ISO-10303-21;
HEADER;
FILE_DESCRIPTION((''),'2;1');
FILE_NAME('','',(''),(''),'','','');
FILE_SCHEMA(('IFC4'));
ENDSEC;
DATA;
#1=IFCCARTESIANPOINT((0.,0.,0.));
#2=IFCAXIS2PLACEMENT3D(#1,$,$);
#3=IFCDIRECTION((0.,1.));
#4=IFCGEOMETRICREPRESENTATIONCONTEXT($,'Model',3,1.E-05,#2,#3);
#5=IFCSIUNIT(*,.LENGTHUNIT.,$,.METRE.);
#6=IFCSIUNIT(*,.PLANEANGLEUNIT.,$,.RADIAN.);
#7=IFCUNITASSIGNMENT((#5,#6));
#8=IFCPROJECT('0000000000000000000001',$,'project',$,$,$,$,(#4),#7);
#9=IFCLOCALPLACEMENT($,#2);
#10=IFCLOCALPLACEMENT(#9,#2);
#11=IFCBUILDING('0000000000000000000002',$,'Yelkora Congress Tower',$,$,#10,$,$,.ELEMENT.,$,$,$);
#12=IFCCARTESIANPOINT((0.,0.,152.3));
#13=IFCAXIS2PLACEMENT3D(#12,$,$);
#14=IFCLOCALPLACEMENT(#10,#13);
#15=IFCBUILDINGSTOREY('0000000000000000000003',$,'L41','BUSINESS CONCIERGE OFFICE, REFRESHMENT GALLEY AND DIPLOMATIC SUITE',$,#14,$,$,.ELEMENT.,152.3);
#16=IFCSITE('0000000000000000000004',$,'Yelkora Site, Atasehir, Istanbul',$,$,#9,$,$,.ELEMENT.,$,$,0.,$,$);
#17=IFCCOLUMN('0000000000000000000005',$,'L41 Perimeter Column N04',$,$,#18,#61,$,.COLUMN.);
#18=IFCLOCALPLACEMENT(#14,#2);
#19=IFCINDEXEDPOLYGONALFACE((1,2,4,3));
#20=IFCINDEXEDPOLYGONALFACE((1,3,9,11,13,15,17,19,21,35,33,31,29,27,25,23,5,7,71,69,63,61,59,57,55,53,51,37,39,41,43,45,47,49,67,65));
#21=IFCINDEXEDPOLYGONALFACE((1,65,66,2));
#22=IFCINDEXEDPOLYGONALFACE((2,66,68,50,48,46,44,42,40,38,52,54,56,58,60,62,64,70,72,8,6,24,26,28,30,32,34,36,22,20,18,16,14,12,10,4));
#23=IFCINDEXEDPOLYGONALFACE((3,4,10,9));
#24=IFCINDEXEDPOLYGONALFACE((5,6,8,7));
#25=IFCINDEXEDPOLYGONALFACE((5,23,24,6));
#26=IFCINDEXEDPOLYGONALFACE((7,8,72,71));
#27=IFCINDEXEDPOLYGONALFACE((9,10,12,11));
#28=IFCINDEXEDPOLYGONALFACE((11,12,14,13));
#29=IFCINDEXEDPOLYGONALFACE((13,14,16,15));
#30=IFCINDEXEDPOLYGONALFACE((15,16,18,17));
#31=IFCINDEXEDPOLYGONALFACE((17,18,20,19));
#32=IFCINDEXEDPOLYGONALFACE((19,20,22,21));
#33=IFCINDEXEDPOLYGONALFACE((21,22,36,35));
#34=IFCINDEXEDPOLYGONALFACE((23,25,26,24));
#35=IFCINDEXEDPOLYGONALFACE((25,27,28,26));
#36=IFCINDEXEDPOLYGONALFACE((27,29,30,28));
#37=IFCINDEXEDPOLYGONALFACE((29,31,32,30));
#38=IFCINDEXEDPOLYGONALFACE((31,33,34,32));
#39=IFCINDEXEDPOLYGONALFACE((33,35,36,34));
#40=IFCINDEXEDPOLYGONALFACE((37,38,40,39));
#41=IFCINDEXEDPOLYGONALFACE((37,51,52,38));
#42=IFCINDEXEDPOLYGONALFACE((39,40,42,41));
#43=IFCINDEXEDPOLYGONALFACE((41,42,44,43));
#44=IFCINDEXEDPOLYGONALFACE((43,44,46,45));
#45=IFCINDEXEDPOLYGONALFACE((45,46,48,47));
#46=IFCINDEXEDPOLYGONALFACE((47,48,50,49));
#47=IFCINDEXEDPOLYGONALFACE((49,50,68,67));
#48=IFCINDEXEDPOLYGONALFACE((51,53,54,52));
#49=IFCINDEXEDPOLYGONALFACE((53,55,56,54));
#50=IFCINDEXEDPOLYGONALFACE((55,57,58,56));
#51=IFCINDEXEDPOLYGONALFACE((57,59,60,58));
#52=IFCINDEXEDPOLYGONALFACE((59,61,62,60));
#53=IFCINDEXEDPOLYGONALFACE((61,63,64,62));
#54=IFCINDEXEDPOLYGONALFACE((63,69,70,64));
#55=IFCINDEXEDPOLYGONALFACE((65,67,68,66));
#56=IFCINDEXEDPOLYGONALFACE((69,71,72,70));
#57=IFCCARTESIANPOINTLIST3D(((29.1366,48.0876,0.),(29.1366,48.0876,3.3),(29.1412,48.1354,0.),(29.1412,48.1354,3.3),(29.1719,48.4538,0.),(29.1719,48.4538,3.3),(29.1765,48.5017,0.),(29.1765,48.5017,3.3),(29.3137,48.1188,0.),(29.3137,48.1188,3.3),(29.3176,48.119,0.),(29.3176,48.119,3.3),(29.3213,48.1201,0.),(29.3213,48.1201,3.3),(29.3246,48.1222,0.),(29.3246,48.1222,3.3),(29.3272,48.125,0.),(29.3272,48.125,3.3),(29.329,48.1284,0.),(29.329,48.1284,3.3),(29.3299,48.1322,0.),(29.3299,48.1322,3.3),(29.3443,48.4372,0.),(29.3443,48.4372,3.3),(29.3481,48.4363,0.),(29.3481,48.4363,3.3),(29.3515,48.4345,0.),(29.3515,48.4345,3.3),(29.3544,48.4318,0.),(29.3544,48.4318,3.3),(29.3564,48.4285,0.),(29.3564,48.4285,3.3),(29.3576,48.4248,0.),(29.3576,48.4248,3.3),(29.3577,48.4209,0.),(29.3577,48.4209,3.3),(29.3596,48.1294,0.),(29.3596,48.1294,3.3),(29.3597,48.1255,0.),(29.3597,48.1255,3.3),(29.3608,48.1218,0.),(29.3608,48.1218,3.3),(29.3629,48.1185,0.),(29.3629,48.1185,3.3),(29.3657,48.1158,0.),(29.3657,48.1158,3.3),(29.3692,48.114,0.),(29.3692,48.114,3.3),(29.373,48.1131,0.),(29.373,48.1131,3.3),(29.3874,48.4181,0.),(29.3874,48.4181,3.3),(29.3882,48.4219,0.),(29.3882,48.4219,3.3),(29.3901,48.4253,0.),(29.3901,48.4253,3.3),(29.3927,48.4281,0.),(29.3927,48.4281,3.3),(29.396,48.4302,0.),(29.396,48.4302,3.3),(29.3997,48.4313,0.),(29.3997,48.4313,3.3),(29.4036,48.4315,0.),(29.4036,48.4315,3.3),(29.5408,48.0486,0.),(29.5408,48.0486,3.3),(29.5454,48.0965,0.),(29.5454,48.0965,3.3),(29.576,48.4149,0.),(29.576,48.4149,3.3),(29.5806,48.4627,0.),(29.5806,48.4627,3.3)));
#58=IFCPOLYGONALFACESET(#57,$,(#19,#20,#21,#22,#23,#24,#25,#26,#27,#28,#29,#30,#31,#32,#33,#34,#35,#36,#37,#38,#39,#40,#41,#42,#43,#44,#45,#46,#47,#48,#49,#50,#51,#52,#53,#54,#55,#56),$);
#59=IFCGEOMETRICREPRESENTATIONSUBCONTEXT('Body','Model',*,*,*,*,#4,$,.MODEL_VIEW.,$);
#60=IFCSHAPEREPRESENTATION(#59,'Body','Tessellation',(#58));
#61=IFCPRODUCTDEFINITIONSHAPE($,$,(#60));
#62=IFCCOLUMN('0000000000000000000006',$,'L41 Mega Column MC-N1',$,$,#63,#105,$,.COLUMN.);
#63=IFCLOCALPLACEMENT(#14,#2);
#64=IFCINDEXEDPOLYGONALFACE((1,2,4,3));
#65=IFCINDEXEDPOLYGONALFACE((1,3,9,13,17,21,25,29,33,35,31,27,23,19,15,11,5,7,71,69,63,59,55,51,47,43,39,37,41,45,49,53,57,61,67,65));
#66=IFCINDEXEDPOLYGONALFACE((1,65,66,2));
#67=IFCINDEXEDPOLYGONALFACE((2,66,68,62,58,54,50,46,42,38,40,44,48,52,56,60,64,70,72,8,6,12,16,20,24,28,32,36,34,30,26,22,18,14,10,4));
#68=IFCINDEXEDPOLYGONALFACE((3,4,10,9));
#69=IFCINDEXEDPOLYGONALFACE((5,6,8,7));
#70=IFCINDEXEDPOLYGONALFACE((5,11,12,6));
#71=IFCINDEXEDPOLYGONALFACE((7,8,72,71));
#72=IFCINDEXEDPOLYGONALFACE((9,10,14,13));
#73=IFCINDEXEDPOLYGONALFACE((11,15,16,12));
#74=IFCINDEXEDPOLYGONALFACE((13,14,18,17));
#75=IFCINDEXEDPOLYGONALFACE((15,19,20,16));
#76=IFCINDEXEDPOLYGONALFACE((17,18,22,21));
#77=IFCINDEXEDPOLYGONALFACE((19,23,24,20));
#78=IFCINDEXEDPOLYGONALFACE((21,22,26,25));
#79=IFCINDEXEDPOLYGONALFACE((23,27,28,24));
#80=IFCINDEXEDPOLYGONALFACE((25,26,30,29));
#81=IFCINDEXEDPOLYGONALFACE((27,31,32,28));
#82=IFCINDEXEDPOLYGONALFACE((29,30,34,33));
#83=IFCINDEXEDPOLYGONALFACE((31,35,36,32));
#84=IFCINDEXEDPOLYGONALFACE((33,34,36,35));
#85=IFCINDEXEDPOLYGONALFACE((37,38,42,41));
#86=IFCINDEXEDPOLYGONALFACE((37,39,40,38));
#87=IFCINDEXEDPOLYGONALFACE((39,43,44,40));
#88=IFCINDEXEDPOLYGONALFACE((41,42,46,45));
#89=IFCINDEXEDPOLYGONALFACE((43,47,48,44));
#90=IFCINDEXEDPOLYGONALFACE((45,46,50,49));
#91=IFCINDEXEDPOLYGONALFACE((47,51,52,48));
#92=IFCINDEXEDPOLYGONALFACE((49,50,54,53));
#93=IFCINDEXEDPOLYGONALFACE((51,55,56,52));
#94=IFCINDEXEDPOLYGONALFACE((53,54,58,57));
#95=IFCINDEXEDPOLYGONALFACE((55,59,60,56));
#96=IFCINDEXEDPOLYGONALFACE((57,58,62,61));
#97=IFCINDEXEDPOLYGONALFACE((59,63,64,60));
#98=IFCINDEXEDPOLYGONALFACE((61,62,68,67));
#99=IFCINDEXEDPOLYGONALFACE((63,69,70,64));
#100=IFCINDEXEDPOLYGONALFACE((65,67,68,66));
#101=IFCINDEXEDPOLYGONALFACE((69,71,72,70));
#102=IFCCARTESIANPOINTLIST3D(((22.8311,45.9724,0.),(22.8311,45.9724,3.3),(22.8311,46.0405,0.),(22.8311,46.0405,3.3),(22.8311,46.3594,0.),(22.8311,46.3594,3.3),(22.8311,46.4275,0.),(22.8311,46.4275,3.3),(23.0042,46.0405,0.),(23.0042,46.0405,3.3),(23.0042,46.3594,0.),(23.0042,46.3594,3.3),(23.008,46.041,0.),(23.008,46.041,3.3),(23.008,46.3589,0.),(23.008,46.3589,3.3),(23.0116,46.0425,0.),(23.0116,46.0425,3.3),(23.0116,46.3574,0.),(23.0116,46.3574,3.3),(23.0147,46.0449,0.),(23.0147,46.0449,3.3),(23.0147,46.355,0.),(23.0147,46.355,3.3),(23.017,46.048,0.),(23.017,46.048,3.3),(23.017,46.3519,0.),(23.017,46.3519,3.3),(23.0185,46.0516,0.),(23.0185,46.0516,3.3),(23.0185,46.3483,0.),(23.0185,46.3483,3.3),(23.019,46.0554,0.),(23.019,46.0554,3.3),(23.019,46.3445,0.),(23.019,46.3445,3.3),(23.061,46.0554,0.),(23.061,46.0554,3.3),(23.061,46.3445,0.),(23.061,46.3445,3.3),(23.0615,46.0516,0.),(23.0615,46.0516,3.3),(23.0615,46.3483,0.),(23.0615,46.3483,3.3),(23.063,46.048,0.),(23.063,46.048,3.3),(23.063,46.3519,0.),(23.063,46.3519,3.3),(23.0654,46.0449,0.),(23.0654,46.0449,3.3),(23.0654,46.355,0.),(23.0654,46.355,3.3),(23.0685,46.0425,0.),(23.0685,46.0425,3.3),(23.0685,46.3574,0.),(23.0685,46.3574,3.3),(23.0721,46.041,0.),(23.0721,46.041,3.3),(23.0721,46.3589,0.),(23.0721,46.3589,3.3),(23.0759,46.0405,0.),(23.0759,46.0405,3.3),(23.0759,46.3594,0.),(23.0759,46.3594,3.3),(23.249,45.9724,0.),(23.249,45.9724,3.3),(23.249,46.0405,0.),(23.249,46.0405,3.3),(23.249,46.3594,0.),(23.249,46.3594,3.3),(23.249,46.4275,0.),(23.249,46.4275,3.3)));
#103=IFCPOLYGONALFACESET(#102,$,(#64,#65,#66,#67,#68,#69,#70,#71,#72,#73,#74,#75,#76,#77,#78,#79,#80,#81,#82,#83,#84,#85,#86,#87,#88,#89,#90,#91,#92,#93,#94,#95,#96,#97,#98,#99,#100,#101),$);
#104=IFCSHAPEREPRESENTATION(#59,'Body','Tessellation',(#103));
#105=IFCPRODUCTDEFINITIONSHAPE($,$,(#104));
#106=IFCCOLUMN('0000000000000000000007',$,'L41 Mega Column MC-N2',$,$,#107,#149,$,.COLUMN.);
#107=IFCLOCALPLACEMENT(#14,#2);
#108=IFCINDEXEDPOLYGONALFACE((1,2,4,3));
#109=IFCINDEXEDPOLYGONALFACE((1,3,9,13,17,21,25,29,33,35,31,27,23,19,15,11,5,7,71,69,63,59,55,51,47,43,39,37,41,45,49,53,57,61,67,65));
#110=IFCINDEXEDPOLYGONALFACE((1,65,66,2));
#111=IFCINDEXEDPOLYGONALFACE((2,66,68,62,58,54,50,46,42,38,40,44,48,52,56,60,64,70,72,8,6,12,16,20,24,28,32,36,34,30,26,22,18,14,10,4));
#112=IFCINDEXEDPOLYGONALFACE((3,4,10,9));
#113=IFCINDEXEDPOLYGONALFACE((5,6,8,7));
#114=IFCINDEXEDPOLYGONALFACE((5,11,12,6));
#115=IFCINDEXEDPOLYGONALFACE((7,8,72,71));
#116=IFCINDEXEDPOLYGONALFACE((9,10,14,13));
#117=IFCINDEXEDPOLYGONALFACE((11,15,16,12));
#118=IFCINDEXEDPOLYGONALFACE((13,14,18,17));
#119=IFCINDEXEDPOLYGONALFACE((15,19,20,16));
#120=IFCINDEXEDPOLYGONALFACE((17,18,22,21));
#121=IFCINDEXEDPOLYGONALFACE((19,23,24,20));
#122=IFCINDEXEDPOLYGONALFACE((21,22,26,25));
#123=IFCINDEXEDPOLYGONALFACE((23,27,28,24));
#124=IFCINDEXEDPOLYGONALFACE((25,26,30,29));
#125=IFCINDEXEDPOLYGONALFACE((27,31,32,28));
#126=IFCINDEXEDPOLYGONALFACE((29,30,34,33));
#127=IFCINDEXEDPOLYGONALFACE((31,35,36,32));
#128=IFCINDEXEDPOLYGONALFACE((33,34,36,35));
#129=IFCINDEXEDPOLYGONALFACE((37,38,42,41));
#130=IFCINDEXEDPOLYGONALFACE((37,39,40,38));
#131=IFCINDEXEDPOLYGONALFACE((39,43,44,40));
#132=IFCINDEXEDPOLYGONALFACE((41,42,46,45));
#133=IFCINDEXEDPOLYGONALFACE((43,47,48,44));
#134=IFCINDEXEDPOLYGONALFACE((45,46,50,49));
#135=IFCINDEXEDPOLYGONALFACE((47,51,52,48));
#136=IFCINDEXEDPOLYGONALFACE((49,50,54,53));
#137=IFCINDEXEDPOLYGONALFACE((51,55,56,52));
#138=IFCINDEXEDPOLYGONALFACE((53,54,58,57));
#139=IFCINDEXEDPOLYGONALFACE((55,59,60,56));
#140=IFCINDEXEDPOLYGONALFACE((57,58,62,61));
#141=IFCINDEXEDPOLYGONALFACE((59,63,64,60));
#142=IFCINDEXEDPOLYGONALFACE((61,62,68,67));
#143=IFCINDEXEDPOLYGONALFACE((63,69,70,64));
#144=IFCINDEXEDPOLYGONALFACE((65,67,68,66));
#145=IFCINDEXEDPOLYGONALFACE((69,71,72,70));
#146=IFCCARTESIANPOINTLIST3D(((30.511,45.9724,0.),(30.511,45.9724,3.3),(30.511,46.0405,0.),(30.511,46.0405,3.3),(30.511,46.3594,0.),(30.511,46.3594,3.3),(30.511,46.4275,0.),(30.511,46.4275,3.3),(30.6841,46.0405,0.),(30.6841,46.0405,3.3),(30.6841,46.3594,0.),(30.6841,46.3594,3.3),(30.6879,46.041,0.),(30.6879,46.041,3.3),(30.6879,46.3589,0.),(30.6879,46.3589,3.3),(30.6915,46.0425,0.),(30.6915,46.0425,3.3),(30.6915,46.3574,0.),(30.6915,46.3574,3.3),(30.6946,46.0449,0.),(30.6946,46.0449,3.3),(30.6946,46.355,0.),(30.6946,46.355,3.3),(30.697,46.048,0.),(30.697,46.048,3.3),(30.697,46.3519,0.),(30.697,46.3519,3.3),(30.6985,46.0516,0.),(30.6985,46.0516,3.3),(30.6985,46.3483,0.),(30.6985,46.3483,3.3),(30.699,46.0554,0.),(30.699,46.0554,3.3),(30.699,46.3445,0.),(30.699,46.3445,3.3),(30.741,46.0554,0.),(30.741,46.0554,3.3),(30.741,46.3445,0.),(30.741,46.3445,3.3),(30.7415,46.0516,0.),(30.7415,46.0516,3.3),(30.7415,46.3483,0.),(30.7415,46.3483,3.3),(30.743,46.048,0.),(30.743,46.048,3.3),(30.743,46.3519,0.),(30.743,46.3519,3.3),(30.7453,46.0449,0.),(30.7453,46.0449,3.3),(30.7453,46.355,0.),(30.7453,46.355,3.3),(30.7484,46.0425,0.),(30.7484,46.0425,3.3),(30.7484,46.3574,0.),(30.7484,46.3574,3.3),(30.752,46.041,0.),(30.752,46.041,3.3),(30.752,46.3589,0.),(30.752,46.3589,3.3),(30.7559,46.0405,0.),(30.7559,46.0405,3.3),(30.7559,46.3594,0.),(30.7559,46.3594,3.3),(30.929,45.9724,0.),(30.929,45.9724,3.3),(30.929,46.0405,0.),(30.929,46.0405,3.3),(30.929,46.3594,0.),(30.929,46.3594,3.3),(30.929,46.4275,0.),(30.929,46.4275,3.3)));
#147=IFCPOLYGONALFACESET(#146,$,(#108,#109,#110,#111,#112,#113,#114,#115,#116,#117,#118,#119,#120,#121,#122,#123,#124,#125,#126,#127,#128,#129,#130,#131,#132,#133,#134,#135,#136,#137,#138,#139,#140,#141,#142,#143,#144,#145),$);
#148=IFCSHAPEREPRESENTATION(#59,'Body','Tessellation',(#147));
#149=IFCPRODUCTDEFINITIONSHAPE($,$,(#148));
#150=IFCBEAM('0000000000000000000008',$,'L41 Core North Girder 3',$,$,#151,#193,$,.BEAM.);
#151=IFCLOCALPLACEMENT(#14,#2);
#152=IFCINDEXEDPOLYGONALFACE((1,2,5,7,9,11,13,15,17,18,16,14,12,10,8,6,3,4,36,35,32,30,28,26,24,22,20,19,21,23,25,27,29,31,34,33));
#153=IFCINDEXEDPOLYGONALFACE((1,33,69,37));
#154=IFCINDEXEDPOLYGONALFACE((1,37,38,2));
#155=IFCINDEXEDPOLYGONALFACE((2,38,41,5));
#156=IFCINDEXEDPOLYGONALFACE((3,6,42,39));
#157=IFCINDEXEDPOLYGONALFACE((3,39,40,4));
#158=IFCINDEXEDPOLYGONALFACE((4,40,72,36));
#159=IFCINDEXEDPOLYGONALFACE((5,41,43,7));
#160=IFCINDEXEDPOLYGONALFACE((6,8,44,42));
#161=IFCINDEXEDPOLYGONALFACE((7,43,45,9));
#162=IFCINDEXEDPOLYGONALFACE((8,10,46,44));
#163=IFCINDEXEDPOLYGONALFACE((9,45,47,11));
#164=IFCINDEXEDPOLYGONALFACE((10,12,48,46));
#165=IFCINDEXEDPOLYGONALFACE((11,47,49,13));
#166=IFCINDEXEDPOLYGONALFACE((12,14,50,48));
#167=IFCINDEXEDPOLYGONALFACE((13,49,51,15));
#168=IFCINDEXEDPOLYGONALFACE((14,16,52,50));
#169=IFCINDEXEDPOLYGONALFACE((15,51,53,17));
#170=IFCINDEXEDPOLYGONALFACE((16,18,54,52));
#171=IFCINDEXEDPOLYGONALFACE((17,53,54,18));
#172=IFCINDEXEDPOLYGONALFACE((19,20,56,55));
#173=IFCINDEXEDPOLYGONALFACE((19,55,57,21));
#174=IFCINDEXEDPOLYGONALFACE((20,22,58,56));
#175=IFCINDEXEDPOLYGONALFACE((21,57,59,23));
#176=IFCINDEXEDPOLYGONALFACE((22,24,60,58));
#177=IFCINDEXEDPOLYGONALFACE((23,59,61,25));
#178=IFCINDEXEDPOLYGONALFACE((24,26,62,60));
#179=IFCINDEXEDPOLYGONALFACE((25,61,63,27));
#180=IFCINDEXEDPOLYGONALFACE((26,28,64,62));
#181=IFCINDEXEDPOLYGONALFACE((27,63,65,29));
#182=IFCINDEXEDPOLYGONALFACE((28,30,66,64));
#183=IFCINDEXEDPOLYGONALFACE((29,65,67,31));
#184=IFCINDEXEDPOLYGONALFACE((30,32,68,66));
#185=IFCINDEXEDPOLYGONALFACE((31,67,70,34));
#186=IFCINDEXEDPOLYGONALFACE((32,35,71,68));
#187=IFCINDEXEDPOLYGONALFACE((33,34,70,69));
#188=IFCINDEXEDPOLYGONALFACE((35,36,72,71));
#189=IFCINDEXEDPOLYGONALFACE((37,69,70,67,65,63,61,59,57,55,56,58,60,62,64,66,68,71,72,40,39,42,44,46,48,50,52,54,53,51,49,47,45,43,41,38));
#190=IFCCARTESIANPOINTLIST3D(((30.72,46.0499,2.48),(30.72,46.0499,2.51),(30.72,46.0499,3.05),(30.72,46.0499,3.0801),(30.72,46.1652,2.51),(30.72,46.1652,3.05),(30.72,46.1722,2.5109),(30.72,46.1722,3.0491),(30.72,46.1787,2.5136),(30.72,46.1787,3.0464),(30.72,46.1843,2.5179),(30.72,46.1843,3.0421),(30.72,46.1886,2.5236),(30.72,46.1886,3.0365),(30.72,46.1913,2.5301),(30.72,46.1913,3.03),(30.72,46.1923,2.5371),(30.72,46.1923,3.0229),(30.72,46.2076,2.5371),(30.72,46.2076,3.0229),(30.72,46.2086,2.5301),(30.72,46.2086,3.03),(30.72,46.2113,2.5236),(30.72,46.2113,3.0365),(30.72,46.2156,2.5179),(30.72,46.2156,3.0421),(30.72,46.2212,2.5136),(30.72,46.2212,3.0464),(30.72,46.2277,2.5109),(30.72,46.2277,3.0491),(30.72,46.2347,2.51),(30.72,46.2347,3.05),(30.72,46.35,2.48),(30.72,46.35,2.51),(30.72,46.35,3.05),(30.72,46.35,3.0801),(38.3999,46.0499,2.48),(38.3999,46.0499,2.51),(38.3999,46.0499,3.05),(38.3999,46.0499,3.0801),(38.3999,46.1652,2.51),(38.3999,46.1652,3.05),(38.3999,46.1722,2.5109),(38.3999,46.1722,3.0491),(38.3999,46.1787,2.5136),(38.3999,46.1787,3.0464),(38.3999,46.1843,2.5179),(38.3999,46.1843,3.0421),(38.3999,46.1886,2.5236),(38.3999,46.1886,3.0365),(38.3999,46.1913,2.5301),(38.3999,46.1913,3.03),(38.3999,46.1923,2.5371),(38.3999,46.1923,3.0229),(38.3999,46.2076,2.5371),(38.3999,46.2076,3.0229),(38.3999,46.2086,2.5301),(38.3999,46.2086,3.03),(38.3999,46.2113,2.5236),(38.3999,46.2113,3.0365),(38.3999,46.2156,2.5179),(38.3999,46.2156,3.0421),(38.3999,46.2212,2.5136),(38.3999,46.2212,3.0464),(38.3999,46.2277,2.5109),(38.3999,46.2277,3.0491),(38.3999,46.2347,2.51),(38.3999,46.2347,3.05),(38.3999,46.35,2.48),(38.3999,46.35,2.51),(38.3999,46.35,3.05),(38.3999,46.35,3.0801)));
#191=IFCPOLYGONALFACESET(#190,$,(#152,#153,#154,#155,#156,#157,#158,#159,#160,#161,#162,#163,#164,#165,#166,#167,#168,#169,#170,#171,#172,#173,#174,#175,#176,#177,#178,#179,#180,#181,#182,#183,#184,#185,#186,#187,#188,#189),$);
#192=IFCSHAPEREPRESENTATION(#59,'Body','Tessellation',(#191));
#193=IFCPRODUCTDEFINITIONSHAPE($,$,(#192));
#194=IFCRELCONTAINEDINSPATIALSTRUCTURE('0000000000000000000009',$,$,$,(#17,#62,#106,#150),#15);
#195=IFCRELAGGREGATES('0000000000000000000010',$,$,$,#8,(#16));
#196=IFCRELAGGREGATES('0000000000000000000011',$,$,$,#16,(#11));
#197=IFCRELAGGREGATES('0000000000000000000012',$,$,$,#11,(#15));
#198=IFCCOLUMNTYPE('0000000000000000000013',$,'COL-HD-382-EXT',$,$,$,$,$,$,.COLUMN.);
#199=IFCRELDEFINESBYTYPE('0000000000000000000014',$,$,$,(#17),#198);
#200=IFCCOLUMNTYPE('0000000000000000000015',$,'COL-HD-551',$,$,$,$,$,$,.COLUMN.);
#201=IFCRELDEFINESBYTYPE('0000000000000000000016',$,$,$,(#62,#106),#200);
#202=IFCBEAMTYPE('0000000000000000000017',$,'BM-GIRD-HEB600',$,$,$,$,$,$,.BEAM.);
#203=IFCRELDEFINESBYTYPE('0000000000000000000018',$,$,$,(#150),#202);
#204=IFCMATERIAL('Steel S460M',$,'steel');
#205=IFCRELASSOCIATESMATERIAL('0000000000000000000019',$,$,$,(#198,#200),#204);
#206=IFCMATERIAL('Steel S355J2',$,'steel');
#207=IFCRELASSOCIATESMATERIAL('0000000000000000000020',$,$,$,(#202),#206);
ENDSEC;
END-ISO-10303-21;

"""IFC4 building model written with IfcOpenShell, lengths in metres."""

from ifc_helpers import new_model, si_unit, direction, frame, origin, origin_2d, place, context, subcontext, project, spatial, i_section, extrude, material, material_profile, profile_set, type_object, element, save


model = new_model("IFC4")

# Units and contexts
model_context = context("Model", 3, precision=1e-05, world=origin(), true_north=direction((0.0, 1.0)))
body_context = subcontext(model_context, "Body", "Model", "MODEL_VIEW")
ifc_project = project(units=[si_unit("LENGTHUNIT", "METRE"), si_unit("PLANEANGLEUNIT", "RADIAN")], contexts=[model_context])

# Site, building, storey
site_placement = place(None, origin())
site = spatial("IfcSite", under=ifc_project, at=site_placement, Name="Yelkora Site, Atasehir, Istanbul", CompositionType="ELEMENT", RefElevation=0.0)
building_placement = place(site_placement, origin())
building = spatial("IfcBuilding", under=site, at=building_placement, Name="Yelkora Congress Tower", CompositionType="ELEMENT")
storey_placement = place(building_placement, frame((0.0, 0.0, 152.3)))
storey = spatial("IfcBuildingStorey", under=building, at=storey_placement, Name="L41", Description="BUSINESS CONCIERGE OFFICE, REFRESHMENT GALLEY AND DIPLOMATIC SUITE", CompositionType="ELEMENT", Elevation=152.3)

# Columns
ifc_material_1 = material(Name="Steel S460M", Category="steel")
ifc_material_profile_1 = material_profile(ifc_material_1, i_section(OverallWidth=0.406, OverallDepth=0.416, WebThickness=0.0298, FlangeThickness=0.0481, FilletRadius=0.0149, at=origin_2d()), Name="HD 400x382")
ifc_profile_set_1 = profile_set([ifc_material_profile_1], Name="Steel S460M")
column_type_1 = type_object("IfcColumnType", Name="COL-HD-382-EXT", PredefinedType="COLUMN", material=ifc_profile_set_1)
column_placement = place(storey_placement, frame((29.3586, 48.2751, 0.0), z_axis=(0.0, 0.0, 1.0), x_axis=(0.995396, -0.095846, 0.0)))
element("IfcColumn", 1, at=column_placement, inside=storey, type_object=column_type_1, Name="L41 Perimeter Column N04", PredefinedType="COLUMN", context=body_context, shape_type="SweptSolid", body=[
    extrude(i_section(OverallWidth=0.406, OverallDepth=0.416, WebThickness=0.0298, FlangeThickness=0.0481, FilletRadius=0.0149, at=origin_2d()), origin(), (0.0, 0.0, 1.0), 3.3),
])
ifc_material_profile_2 = material_profile(ifc_material_1, i_section(OverallWidth=0.418, OverallDepth=0.4551, WebThickness=0.042, FlangeThickness=0.0681, FilletRadius=0.0149, at=origin_2d()), Name="HD 400x551")
ifc_profile_set_2 = profile_set([ifc_material_profile_2], Name="Steel S460M")
column_type_2 = type_object("IfcColumnType", Name="COL-HD-551", PredefinedType="COLUMN", material=ifc_profile_set_2)
for number, where, z_axis, x_axis, name in (
    (2, (23.04, 46.2, 0.0), (0.0, 0.0, 1.0), (1.0, 0.0, 0.0), "L41 Mega Column MC-N1"),
    (3, (30.72, 46.2, 0.0), (0.0, 0.0, 1.0), (1.0, 0.0, 0.0), "L41 Mega Column MC-N2"),
):
    element("IfcColumn", number, at=place(storey_placement, frame(where, z_axis=z_axis, x_axis=x_axis)), inside=storey, type_object=column_type_2, Name=name, PredefinedType="COLUMN", context=body_context, shape_type="SweptSolid", body=[
        extrude(i_section(OverallWidth=0.418, OverallDepth=0.4551, WebThickness=0.042, FlangeThickness=0.0681, FilletRadius=0.0149, at=origin_2d()), origin(), (0.0, 0.0, 1.0), 3.3),
    ])

# Beam
ifc_material_2 = material(Name="Steel S355J2", Category="steel")
ifc_material_profile_3 = material_profile(ifc_material_2, i_section(OverallWidth=0.3, OverallDepth=0.6001, WebThickness=0.0154, FlangeThickness=0.03, FilletRadius=0.0271, at=origin_2d()), Name="HEB 600")
ifc_profile_set_3 = profile_set([ifc_material_profile_3], Name="Steel S355J2")
beam_type_1 = type_object("IfcBeamType", Name="BM-GIRD-HEB600", PredefinedType="BEAM", material=ifc_profile_set_3)
beam_1_placement = place(storey_placement, frame((30.72, 46.2, 2.78), z_axis=(1.0, 0.0, 0.0), x_axis=(0.0, 1.0, 0.0)))
element("IfcBeam", 4, at=beam_1_placement, inside=storey, type_object=beam_type_1, Name="L41 Core North Girder 3", PredefinedType="BEAM", context=body_context, shape_type="SweptSolid", body=[
    extrude(i_section(OverallWidth=0.3, OverallDepth=0.6001, WebThickness=0.0154, FlangeThickness=0.03, FilletRadius=0.0271, at=origin_2d()), origin(), (0.0, 0.0, 1.0), 7.6799),
])

save(model, "model.ifc")
